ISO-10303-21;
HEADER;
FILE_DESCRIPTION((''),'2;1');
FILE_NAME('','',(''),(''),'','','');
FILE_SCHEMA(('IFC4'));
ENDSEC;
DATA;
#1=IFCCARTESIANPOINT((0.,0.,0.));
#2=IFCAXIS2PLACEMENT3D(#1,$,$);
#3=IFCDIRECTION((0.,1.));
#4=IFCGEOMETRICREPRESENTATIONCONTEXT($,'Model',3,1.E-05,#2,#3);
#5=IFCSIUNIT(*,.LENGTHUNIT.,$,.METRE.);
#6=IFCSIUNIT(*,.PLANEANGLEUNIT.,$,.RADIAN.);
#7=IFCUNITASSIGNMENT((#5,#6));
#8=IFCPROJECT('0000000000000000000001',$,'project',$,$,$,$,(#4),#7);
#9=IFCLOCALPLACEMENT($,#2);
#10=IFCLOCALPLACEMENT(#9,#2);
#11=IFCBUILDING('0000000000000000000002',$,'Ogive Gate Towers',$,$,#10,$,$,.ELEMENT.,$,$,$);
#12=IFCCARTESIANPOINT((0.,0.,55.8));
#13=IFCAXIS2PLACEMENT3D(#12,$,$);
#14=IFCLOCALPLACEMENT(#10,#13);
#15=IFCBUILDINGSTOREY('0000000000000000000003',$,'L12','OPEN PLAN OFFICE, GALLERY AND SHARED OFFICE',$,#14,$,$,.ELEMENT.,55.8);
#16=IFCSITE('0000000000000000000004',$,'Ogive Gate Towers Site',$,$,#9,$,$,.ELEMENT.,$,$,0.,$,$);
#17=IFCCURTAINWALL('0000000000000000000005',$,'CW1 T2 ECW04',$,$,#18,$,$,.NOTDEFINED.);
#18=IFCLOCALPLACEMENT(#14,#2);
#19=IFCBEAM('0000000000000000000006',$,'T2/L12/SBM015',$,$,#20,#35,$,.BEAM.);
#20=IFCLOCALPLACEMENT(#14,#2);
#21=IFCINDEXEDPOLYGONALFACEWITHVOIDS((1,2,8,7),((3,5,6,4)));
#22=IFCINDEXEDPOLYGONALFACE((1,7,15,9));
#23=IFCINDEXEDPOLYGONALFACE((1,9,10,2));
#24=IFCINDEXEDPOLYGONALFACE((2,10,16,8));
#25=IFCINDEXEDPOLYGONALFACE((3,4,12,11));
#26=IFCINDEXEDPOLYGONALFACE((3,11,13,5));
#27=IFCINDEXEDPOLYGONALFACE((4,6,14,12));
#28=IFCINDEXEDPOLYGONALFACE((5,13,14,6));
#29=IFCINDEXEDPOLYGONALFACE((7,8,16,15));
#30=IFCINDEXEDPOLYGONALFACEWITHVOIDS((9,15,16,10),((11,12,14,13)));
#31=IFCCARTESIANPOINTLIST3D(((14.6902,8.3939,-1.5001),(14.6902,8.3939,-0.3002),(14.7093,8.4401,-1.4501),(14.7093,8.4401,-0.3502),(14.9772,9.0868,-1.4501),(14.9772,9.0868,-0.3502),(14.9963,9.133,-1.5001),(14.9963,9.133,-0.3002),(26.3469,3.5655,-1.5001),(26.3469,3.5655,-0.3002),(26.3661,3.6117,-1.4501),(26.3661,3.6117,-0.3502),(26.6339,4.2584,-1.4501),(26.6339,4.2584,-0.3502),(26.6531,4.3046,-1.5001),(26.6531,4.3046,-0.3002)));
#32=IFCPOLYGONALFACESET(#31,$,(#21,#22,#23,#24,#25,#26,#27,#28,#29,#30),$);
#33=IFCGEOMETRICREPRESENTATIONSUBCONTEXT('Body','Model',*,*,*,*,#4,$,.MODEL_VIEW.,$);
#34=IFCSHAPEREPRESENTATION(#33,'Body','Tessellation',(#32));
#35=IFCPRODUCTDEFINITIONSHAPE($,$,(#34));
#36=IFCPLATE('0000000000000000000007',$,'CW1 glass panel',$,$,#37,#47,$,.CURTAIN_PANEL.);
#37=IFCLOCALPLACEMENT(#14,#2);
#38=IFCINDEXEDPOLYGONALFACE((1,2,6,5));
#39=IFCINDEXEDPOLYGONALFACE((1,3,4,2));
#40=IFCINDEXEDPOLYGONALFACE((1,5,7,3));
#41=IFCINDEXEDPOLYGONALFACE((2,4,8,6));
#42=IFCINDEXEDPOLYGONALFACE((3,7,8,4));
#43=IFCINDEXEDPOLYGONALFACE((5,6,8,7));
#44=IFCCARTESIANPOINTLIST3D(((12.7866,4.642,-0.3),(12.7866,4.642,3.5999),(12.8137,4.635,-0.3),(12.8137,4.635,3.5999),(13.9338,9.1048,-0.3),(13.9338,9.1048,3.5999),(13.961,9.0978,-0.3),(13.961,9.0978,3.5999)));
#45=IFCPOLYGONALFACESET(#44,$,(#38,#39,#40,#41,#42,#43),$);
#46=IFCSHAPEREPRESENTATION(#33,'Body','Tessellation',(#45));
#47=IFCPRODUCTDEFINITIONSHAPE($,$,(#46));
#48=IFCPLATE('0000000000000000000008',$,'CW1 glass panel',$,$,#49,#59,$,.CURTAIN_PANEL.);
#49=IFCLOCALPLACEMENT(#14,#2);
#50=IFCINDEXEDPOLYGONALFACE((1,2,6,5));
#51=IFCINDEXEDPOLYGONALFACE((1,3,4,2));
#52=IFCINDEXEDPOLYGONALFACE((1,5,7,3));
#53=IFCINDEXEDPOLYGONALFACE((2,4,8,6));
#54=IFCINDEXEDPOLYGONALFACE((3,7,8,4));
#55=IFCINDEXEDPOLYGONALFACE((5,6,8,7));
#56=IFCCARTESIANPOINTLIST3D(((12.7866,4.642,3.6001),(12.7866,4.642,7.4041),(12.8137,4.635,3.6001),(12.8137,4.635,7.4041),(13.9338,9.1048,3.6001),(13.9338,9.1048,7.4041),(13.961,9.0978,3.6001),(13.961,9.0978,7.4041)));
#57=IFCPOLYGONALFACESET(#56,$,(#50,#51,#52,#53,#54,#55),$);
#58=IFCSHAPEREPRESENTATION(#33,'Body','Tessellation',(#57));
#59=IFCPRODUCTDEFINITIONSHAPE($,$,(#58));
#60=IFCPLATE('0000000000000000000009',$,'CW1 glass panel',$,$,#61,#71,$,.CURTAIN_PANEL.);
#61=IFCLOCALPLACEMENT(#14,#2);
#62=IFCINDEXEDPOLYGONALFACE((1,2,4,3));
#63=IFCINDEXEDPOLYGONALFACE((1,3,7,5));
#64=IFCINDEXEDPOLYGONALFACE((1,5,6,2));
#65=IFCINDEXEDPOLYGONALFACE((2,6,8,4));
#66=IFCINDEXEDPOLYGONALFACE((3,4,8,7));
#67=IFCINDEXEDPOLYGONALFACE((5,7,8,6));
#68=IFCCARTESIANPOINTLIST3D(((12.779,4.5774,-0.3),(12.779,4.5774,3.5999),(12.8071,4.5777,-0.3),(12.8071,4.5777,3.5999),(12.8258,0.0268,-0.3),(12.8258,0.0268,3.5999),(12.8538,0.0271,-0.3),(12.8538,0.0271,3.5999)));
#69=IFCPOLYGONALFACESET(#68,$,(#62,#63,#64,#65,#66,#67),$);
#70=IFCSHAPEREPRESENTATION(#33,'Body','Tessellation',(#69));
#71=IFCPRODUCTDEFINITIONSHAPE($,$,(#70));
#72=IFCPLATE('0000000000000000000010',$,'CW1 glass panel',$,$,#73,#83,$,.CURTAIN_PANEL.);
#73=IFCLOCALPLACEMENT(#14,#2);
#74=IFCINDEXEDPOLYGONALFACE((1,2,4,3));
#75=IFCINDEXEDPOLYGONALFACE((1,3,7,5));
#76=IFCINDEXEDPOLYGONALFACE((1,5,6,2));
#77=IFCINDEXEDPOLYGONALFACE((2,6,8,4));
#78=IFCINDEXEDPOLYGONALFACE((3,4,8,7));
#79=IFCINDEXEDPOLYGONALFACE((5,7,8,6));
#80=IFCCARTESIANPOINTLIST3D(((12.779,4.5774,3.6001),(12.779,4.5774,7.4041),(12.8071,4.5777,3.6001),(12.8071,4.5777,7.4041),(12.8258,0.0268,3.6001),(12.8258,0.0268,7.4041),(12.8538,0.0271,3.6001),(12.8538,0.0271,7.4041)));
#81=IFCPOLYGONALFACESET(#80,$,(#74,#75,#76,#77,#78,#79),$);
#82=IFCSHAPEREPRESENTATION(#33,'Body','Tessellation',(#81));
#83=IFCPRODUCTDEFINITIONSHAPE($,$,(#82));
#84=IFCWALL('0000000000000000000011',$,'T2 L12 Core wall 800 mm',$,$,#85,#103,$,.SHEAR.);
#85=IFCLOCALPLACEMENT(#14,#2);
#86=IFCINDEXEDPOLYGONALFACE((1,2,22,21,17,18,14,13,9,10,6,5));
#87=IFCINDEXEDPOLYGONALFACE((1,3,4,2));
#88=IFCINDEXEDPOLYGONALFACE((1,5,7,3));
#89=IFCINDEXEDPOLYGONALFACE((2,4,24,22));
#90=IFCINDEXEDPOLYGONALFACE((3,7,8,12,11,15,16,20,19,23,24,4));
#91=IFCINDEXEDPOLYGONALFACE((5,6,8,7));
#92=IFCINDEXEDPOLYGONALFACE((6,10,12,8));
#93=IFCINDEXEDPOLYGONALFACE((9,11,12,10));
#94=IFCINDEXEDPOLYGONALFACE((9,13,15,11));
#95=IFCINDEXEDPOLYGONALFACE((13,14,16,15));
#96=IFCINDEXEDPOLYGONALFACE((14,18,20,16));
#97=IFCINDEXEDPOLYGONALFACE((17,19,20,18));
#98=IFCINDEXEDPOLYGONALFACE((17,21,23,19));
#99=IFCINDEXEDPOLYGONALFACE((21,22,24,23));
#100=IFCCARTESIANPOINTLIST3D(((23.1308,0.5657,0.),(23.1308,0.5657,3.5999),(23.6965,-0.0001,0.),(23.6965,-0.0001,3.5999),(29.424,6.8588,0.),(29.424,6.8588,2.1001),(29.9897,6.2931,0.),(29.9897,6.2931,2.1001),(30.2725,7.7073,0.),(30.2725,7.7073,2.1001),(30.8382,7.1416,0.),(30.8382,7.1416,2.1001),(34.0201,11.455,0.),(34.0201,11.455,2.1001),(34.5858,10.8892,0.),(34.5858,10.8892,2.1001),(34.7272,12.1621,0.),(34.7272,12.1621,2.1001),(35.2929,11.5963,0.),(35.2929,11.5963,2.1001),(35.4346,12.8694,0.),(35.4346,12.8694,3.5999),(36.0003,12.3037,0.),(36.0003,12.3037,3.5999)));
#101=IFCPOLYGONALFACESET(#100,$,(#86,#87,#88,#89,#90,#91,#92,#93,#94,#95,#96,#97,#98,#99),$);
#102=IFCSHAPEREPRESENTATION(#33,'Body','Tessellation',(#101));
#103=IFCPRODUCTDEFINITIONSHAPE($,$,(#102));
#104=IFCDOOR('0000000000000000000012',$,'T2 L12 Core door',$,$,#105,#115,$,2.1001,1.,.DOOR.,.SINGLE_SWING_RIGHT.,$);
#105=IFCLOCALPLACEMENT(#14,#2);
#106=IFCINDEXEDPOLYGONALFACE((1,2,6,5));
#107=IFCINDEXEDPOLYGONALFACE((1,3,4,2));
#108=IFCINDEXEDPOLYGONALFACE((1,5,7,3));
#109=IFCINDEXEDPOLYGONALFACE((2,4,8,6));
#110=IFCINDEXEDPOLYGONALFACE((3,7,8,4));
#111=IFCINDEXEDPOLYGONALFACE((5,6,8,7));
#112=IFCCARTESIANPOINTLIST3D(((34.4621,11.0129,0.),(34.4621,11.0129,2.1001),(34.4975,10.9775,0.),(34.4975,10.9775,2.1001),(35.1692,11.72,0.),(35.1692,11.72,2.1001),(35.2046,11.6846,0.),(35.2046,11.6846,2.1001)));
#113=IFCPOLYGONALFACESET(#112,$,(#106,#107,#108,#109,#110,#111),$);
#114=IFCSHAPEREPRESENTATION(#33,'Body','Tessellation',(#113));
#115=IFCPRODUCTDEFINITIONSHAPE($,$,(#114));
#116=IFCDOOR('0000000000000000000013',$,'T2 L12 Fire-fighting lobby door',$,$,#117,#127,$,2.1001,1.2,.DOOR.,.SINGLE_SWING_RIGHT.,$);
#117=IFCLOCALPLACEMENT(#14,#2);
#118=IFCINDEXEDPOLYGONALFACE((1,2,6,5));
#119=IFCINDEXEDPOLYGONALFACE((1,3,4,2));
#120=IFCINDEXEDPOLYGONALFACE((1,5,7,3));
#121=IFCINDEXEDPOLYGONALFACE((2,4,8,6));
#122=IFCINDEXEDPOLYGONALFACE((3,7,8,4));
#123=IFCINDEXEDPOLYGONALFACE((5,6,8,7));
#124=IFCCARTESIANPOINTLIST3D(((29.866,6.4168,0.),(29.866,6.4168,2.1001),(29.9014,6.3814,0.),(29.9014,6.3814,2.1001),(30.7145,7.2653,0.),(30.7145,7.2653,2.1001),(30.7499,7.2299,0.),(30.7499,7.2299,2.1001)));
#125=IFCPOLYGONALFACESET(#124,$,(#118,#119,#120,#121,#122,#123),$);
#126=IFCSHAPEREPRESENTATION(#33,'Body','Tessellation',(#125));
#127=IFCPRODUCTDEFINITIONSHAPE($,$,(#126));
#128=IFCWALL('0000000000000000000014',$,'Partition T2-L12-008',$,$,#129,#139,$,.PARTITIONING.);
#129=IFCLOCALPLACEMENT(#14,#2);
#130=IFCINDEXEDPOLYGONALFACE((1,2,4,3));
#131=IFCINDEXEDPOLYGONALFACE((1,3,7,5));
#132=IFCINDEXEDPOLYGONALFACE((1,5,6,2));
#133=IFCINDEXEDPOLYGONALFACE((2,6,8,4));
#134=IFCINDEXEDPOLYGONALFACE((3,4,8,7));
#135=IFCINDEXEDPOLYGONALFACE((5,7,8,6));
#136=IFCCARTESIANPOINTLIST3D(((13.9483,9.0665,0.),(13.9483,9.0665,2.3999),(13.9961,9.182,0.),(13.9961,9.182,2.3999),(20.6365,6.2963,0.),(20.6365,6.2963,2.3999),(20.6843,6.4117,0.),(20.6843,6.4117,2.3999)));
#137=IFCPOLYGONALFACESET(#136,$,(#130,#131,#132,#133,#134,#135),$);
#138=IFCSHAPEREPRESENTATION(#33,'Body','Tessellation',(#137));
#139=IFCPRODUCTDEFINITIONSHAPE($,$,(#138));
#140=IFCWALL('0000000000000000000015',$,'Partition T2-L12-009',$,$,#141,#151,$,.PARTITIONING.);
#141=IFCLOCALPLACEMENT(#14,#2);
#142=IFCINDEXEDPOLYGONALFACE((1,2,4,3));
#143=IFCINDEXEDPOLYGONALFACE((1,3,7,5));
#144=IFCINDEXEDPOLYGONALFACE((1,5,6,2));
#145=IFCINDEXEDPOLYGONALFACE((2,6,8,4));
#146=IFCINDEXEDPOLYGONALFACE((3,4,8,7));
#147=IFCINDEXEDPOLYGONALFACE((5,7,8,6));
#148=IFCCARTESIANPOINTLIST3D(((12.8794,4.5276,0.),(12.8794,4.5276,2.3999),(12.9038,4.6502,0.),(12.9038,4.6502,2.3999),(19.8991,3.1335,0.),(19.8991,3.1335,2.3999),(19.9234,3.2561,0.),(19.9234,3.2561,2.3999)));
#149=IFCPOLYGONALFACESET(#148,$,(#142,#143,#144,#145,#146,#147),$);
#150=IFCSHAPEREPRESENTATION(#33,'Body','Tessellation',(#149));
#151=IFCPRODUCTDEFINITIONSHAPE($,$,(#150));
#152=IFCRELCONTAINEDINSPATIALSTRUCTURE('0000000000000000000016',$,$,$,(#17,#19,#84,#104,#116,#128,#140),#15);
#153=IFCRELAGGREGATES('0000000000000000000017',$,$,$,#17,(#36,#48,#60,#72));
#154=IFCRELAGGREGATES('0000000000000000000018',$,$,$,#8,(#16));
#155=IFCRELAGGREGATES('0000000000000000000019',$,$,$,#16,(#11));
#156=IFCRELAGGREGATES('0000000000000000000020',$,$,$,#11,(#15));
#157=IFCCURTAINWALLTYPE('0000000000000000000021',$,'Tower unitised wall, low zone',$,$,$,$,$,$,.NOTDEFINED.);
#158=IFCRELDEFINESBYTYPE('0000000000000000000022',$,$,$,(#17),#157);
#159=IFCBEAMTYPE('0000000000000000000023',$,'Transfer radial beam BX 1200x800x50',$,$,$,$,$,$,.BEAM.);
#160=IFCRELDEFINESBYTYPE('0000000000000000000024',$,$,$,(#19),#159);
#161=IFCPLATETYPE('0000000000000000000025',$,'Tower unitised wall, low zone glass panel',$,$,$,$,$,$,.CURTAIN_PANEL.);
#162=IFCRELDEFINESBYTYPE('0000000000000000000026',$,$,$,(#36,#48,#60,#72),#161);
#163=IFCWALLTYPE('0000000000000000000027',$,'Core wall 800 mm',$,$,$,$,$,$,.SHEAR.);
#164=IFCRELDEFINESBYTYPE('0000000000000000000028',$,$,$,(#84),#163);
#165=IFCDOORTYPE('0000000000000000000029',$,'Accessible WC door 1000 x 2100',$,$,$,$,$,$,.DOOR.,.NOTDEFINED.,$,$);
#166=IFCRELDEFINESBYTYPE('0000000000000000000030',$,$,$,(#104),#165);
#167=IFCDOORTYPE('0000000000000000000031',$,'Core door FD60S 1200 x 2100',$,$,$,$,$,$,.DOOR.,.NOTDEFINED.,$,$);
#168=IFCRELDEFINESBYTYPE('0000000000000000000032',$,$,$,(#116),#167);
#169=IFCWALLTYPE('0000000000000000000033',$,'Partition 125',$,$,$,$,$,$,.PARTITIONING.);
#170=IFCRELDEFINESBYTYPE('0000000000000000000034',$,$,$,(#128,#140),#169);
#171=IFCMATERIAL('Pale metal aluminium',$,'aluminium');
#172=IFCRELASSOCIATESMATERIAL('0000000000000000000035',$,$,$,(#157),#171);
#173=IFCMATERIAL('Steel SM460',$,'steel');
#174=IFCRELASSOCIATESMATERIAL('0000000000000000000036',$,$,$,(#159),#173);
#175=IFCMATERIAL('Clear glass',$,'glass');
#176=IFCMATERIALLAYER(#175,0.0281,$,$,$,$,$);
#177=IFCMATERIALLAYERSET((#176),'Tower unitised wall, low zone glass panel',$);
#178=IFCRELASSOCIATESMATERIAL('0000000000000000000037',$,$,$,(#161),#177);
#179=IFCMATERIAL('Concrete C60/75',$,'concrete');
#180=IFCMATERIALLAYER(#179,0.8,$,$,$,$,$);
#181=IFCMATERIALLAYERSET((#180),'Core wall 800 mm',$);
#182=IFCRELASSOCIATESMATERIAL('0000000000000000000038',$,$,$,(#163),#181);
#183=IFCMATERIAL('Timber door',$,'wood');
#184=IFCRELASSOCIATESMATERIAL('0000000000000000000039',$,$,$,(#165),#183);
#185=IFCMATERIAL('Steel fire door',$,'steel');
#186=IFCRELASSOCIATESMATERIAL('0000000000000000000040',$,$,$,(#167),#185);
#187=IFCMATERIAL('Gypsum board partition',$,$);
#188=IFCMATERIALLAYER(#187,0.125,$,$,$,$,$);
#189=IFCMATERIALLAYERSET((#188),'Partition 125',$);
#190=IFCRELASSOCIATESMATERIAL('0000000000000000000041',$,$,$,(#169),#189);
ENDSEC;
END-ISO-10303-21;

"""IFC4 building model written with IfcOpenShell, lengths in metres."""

from ifc_helpers import new_model, si_unit, direction, frame, frame_2d, origin, origin_2d, place, context, subcontext, project, spatial, rectangle, hollow_rectangle, extrude, material, layer, layer_set, material_profile, profile_set, type_object, element, fill, aggregate, save


model = new_model("IFC4")

# Units and contexts
model_context = context("Model", 3, precision=1e-05, world=origin(), true_north=direction((0.0, 1.0)))
body_context = subcontext(model_context, "Body", "Model", "MODEL_VIEW")
ifc_project = project(units=[si_unit("LENGTHUNIT", "METRE"), si_unit("PLANEANGLEUNIT", "RADIAN")], contexts=[model_context])

# Site, building, storey
site_placement = place(None, origin())
site = spatial("IfcSite", under=ifc_project, at=site_placement, Name="Ogive Gate Towers Site", CompositionType="ELEMENT", RefElevation=0.0)
building_placement = place(site_placement, origin())
building = spatial("IfcBuilding", under=site, at=building_placement, Name="Ogive Gate Towers", CompositionType="ELEMENT")
storey_placement = place(building_placement, frame((0.0, 0.0, 55.8)))
storey = spatial("IfcBuildingStorey", under=building, at=storey_placement, Name="L12", Description="OPEN PLAN OFFICE, GALLERY AND SHARED OFFICE", CompositionType="ELEMENT", Elevation=55.8)

# Shared definitions
ifc_material_1 = material(Name="Steel SM460", Category="steel")

# Curtain wall
ifc_material_2 = material(Name="Pale metal aluminium", Category="aluminium")
curtain_wall_type = type_object("IfcCurtainWallType", Name="Tower unitised wall, low zone", PredefinedType="NOTDEFINED", material=ifc_material_2)
curtain_wall_placement = place(storey_placement, origin())
curtain_wall = element("IfcCurtainWall", 1, at=curtain_wall_placement, inside=storey, type_object=curtain_wall_type, Name="CW1 T2 ECW04", PredefinedType="NOTDEFINED")

# Beam
ifc_material_profile_1 = material_profile(ifc_material_1, hollow_rectangle(XDim=0.8, YDim=1.2, WallThickness=0.05, at=origin_2d()), Name="BX 1200x800x50")
ifc_profile_set_1 = profile_set([ifc_material_profile_1], Name="Steel SM460")
beam_type_1 = type_object("IfcBeamType", Name="Transfer radial beam BX 1200x800x50", PredefinedType="BEAM", material=ifc_profile_set_1)
beam_1_placement = place(storey_placement, frame((26.5, 3.9351, -0.9001), z_axis=(-0.92388, 0.382683, 0.0), x_axis=(-0.382683, -0.92388, 0.0)))
element("IfcBeam", 2, at=beam_1_placement, inside=storey, type_object=beam_type_1, Name="T2/L12/SBM015", PredefinedType="BEAM", context=body_context, shape_type="SweptSolid", body=[
    extrude(hollow_rectangle(XDim=0.8, YDim=1.2, WallThickness=0.05, at=origin_2d()), origin(), (0.0, 0.0, 1.0), 12.6172),
])

# Plates
ifc_material_3 = material(Name="Clear glass", Category="glass")
ifc_layer_1 = layer(ifc_material_3, 0.0281)
ifc_layer_set_1 = layer_set([ifc_layer_1], Name="Tower unitised wall, low zone glass panel")
plate_type = type_object("IfcPlateType", Name="Tower unitised wall, low zone glass panel", PredefinedType="CURTAIN_PANEL", material=ifc_layer_set_1)
plate_1_placement = place(storey_placement, frame((13.3738, 6.8699, -0.3), z_axis=(0.0, 0.0, 1.0), x_axis=(-0.248977, -0.968509, 0.0)))
plate_1 = element("IfcPlate", 3, at=plate_1_placement, type_object=plate_type, Name="CW1 glass panel", PredefinedType="CURTAIN_PANEL", context=body_context, shape_type="SweptSolid", body=[
    extrude(rectangle(XDim=4.6079, YDim=0.0281, at=origin_2d()), origin(), (0.0, 0.0, 1.0), 3.8999),
])
plate_2_placement = place(storey_placement, frame((13.3738, 6.8699, 3.6001), z_axis=(0.0, 0.0, 1.0), x_axis=(-0.248977, -0.968509, 0.0)))
plate_2 = element("IfcPlate", 4, at=plate_2_placement, type_object=plate_type, Name="CW1 glass panel", PredefinedType="CURTAIN_PANEL", context=body_context, shape_type="SweptSolid", body=[
    extrude(rectangle(XDim=4.6079, YDim=0.0281, at=origin_2d()), origin(), (0.0, 0.0, 1.0), 3.804),
])
plate_3_placement = place(storey_placement, frame((12.8164, 2.3022, -0.3), z_axis=(0.0, 0.0, 1.0), x_axis=(0.01028, -0.999947, 0.0)))
plate_3 = element("IfcPlate", 5, at=plate_3_placement, type_object=plate_type, Name="CW1 glass panel", PredefinedType="CURTAIN_PANEL", context=body_context, shape_type="SweptSolid", body=[
    extrude(rectangle(XDim=4.5508, YDim=0.0281, at=origin_2d()), origin(), (0.0, 0.0, 1.0), 3.8999),
])
plate_4_placement = place(storey_placement, frame((12.8164, 2.3022, 3.6001), z_axis=(0.0, 0.0, 1.0), x_axis=(0.01028, -0.999947, 0.0)))
plate_4 = element("IfcPlate", 6, at=plate_4_placement, type_object=plate_type, Name="CW1 glass panel", PredefinedType="CURTAIN_PANEL", context=body_context, shape_type="SweptSolid", body=[
    extrude(rectangle(XDim=4.5508, YDim=0.0281, at=origin_2d()), origin(), (0.0, 0.0, 1.0), 3.804),
])
aggregate(curtain_wall, [plate_1, plate_2, plate_3, plate_4])

# Wall, openings, doors
ifc_material_4 = material(Name="Concrete C60/75", Category="concrete")
ifc_layer_2 = layer(ifc_material_4, 0.8)
ifc_layer_set_2 = layer_set([ifc_layer_2], Name="Core wall 800 mm")
wall_type_1 = type_object("IfcWallType", Name="Core wall 800 mm", PredefinedType="SHEAR", material=ifc_layer_set_2)
wall_1_placement = place(storey_placement, frame((23.4136, 0.2827, 0.0), z_axis=(0.0, 0.0, 1.0), x_axis=(0.707107, 0.707107, 0.0)))
wall_1 = element("IfcWall", 7, at=wall_1_placement, inside=storey, type_object=wall_type_1, Name="T2 L12 Core wall 800 mm", PredefinedType="SHEAR", context=body_context, shape_type="SweptSolid", body=[
    extrude(rectangle(XDim=17.4001, YDim=0.8, at=frame_2d((8.7002, 0.0))), origin(), (0.0, 0.0, 1.0), 3.5999),
])
opening_1_placement = place(wall_1_placement, frame((8.8999, 0.0, 0.0)))
opening_1 = element("IfcOpeningElement", 8, at=opening_1_placement, cuts=wall_1, PredefinedType="OPENING", context=body_context, shape_type="SweptSolid", body=[
    extrude(rectangle(XDim=1.2, YDim=2.1001, at=frame_2d((0.6001, 1.05))), frame((0.0, 0.4102, 0.0), z_axis=(0.0, -1.0, 0.0), x_axis=(1.0, 0.0, 0.0)), (0.0, 0.0, 1.0), 0.8201),
])
opening_2_placement = place(wall_1_placement, frame((15.3999, 0.0, 0.0)))
opening_2 = element("IfcOpeningElement", 9, at=opening_2_placement, cuts=wall_1, PredefinedType="OPENING", context=body_context, shape_type="SweptSolid", body=[
    extrude(rectangle(XDim=1.0, YDim=2.1001, at=frame_2d((0.5, 1.05))), frame((0.0, 0.4102, 0.0), z_axis=(0.0, -1.0, 0.0), x_axis=(1.0, 0.0, 0.0)), (0.0, 0.0, 1.0), 0.8201),
])
ifc_material_5 = material(Name="Timber door", Category="wood")
door_type_1 = type_object("IfcDoorType", Name="Accessible WC door 1000 x 2100", OperationType="NOTDEFINED", PredefinedType="DOOR", material=ifc_material_5)
door_1_placement = place(opening_2_placement, origin())
door_1 = element("IfcDoor", 10, at=door_1_placement, inside=storey, type_object=door_type_1, Name="T2 L12 Core door", OperationType="SINGLE_SWING_RIGHT", OverallHeight=2.1001, OverallWidth=1.0, PredefinedType="DOOR", context=body_context, shape_type="SweptSolid", body=[
    extrude(rectangle(XDim=1.0, YDim=2.1001, at=frame_2d((0.5, 1.05))), frame((0.0, -0.2251, 0.0), z_axis=(0.0, -1.0, 0.0), x_axis=(1.0, 0.0, 0.0)), (0.0, 0.0, 1.0), 0.05),
])
fill(opening_2, door_1)
ifc_material_6 = material(Name="Steel fire door", Category="steel")
door_type_2 = type_object("IfcDoorType", Name="Core door FD60S 1200 x 2100", OperationType="NOTDEFINED", PredefinedType="DOOR", material=ifc_material_6)
door_2_placement = place(opening_1_placement, origin())
door_2 = element("IfcDoor", 11, at=door_2_placement, inside=storey, type_object=door_type_2, Name="T2 L12 Fire-fighting lobby door", OperationType="SINGLE_SWING_RIGHT", OverallHeight=2.1001, OverallWidth=1.2, PredefinedType="DOOR", context=body_context, shape_type="SweptSolid", body=[
    extrude(rectangle(XDim=1.2, YDim=2.1001, at=frame_2d((0.6001, 1.05))), frame((0.0, -0.2251, 0.0), z_axis=(0.0, -1.0, 0.0), x_axis=(1.0, 0.0, 0.0)), (0.0, 0.0, 1.0), 0.05),
])
fill(opening_1, door_2)

# Walls
ifc_material_7 = material(Name="Gypsum board partition")
ifc_layer_3 = layer(ifc_material_7, 0.125)
ifc_layer_set_3 = layer_set([ifc_layer_3], Name="Partition 125")
wall_type_2 = type_object("IfcWallType", Name="Partition 125", PredefinedType="PARTITIONING", material=ifc_layer_set_3)
wall_2_placement = place(storey_placement, frame((13.9722, 9.1243, 0.0), z_axis=(0.0, 0.0, 1.0), x_axis=(0.923884, -0.382672, 0.0)))
element("IfcWall", 12, at=wall_2_placement, inside=storey, type_object=wall_type_2, Name="Partition T2-L12-008", PredefinedType="PARTITIONING", context=body_context, shape_type="SweptSolid", body=[
    extrude(rectangle(XDim=7.2393, YDim=0.125, at=frame_2d((3.6196, 0.0))), origin(), (0.0, 0.0, 1.0), 2.3999),
])
wall_3_placement = place(storey_placement, frame((12.8916, 4.5889, 0.0), z_axis=(0.0, 0.0, 1.0), x_axis=(0.980845, -0.194791, 0.0)))
element("IfcWall", 13, at=wall_3_placement, inside=storey, type_object=wall_type_2, Name="Partition T2-L12-009", PredefinedType="PARTITIONING", context=body_context, shape_type="SweptSolid", body=[
    extrude(rectangle(XDim=7.1567, YDim=0.125, at=frame_2d((3.5784, 0.0))), origin(), (0.0, 0.0, 1.0), 2.3999),
])

save(model, "model.ifc")
